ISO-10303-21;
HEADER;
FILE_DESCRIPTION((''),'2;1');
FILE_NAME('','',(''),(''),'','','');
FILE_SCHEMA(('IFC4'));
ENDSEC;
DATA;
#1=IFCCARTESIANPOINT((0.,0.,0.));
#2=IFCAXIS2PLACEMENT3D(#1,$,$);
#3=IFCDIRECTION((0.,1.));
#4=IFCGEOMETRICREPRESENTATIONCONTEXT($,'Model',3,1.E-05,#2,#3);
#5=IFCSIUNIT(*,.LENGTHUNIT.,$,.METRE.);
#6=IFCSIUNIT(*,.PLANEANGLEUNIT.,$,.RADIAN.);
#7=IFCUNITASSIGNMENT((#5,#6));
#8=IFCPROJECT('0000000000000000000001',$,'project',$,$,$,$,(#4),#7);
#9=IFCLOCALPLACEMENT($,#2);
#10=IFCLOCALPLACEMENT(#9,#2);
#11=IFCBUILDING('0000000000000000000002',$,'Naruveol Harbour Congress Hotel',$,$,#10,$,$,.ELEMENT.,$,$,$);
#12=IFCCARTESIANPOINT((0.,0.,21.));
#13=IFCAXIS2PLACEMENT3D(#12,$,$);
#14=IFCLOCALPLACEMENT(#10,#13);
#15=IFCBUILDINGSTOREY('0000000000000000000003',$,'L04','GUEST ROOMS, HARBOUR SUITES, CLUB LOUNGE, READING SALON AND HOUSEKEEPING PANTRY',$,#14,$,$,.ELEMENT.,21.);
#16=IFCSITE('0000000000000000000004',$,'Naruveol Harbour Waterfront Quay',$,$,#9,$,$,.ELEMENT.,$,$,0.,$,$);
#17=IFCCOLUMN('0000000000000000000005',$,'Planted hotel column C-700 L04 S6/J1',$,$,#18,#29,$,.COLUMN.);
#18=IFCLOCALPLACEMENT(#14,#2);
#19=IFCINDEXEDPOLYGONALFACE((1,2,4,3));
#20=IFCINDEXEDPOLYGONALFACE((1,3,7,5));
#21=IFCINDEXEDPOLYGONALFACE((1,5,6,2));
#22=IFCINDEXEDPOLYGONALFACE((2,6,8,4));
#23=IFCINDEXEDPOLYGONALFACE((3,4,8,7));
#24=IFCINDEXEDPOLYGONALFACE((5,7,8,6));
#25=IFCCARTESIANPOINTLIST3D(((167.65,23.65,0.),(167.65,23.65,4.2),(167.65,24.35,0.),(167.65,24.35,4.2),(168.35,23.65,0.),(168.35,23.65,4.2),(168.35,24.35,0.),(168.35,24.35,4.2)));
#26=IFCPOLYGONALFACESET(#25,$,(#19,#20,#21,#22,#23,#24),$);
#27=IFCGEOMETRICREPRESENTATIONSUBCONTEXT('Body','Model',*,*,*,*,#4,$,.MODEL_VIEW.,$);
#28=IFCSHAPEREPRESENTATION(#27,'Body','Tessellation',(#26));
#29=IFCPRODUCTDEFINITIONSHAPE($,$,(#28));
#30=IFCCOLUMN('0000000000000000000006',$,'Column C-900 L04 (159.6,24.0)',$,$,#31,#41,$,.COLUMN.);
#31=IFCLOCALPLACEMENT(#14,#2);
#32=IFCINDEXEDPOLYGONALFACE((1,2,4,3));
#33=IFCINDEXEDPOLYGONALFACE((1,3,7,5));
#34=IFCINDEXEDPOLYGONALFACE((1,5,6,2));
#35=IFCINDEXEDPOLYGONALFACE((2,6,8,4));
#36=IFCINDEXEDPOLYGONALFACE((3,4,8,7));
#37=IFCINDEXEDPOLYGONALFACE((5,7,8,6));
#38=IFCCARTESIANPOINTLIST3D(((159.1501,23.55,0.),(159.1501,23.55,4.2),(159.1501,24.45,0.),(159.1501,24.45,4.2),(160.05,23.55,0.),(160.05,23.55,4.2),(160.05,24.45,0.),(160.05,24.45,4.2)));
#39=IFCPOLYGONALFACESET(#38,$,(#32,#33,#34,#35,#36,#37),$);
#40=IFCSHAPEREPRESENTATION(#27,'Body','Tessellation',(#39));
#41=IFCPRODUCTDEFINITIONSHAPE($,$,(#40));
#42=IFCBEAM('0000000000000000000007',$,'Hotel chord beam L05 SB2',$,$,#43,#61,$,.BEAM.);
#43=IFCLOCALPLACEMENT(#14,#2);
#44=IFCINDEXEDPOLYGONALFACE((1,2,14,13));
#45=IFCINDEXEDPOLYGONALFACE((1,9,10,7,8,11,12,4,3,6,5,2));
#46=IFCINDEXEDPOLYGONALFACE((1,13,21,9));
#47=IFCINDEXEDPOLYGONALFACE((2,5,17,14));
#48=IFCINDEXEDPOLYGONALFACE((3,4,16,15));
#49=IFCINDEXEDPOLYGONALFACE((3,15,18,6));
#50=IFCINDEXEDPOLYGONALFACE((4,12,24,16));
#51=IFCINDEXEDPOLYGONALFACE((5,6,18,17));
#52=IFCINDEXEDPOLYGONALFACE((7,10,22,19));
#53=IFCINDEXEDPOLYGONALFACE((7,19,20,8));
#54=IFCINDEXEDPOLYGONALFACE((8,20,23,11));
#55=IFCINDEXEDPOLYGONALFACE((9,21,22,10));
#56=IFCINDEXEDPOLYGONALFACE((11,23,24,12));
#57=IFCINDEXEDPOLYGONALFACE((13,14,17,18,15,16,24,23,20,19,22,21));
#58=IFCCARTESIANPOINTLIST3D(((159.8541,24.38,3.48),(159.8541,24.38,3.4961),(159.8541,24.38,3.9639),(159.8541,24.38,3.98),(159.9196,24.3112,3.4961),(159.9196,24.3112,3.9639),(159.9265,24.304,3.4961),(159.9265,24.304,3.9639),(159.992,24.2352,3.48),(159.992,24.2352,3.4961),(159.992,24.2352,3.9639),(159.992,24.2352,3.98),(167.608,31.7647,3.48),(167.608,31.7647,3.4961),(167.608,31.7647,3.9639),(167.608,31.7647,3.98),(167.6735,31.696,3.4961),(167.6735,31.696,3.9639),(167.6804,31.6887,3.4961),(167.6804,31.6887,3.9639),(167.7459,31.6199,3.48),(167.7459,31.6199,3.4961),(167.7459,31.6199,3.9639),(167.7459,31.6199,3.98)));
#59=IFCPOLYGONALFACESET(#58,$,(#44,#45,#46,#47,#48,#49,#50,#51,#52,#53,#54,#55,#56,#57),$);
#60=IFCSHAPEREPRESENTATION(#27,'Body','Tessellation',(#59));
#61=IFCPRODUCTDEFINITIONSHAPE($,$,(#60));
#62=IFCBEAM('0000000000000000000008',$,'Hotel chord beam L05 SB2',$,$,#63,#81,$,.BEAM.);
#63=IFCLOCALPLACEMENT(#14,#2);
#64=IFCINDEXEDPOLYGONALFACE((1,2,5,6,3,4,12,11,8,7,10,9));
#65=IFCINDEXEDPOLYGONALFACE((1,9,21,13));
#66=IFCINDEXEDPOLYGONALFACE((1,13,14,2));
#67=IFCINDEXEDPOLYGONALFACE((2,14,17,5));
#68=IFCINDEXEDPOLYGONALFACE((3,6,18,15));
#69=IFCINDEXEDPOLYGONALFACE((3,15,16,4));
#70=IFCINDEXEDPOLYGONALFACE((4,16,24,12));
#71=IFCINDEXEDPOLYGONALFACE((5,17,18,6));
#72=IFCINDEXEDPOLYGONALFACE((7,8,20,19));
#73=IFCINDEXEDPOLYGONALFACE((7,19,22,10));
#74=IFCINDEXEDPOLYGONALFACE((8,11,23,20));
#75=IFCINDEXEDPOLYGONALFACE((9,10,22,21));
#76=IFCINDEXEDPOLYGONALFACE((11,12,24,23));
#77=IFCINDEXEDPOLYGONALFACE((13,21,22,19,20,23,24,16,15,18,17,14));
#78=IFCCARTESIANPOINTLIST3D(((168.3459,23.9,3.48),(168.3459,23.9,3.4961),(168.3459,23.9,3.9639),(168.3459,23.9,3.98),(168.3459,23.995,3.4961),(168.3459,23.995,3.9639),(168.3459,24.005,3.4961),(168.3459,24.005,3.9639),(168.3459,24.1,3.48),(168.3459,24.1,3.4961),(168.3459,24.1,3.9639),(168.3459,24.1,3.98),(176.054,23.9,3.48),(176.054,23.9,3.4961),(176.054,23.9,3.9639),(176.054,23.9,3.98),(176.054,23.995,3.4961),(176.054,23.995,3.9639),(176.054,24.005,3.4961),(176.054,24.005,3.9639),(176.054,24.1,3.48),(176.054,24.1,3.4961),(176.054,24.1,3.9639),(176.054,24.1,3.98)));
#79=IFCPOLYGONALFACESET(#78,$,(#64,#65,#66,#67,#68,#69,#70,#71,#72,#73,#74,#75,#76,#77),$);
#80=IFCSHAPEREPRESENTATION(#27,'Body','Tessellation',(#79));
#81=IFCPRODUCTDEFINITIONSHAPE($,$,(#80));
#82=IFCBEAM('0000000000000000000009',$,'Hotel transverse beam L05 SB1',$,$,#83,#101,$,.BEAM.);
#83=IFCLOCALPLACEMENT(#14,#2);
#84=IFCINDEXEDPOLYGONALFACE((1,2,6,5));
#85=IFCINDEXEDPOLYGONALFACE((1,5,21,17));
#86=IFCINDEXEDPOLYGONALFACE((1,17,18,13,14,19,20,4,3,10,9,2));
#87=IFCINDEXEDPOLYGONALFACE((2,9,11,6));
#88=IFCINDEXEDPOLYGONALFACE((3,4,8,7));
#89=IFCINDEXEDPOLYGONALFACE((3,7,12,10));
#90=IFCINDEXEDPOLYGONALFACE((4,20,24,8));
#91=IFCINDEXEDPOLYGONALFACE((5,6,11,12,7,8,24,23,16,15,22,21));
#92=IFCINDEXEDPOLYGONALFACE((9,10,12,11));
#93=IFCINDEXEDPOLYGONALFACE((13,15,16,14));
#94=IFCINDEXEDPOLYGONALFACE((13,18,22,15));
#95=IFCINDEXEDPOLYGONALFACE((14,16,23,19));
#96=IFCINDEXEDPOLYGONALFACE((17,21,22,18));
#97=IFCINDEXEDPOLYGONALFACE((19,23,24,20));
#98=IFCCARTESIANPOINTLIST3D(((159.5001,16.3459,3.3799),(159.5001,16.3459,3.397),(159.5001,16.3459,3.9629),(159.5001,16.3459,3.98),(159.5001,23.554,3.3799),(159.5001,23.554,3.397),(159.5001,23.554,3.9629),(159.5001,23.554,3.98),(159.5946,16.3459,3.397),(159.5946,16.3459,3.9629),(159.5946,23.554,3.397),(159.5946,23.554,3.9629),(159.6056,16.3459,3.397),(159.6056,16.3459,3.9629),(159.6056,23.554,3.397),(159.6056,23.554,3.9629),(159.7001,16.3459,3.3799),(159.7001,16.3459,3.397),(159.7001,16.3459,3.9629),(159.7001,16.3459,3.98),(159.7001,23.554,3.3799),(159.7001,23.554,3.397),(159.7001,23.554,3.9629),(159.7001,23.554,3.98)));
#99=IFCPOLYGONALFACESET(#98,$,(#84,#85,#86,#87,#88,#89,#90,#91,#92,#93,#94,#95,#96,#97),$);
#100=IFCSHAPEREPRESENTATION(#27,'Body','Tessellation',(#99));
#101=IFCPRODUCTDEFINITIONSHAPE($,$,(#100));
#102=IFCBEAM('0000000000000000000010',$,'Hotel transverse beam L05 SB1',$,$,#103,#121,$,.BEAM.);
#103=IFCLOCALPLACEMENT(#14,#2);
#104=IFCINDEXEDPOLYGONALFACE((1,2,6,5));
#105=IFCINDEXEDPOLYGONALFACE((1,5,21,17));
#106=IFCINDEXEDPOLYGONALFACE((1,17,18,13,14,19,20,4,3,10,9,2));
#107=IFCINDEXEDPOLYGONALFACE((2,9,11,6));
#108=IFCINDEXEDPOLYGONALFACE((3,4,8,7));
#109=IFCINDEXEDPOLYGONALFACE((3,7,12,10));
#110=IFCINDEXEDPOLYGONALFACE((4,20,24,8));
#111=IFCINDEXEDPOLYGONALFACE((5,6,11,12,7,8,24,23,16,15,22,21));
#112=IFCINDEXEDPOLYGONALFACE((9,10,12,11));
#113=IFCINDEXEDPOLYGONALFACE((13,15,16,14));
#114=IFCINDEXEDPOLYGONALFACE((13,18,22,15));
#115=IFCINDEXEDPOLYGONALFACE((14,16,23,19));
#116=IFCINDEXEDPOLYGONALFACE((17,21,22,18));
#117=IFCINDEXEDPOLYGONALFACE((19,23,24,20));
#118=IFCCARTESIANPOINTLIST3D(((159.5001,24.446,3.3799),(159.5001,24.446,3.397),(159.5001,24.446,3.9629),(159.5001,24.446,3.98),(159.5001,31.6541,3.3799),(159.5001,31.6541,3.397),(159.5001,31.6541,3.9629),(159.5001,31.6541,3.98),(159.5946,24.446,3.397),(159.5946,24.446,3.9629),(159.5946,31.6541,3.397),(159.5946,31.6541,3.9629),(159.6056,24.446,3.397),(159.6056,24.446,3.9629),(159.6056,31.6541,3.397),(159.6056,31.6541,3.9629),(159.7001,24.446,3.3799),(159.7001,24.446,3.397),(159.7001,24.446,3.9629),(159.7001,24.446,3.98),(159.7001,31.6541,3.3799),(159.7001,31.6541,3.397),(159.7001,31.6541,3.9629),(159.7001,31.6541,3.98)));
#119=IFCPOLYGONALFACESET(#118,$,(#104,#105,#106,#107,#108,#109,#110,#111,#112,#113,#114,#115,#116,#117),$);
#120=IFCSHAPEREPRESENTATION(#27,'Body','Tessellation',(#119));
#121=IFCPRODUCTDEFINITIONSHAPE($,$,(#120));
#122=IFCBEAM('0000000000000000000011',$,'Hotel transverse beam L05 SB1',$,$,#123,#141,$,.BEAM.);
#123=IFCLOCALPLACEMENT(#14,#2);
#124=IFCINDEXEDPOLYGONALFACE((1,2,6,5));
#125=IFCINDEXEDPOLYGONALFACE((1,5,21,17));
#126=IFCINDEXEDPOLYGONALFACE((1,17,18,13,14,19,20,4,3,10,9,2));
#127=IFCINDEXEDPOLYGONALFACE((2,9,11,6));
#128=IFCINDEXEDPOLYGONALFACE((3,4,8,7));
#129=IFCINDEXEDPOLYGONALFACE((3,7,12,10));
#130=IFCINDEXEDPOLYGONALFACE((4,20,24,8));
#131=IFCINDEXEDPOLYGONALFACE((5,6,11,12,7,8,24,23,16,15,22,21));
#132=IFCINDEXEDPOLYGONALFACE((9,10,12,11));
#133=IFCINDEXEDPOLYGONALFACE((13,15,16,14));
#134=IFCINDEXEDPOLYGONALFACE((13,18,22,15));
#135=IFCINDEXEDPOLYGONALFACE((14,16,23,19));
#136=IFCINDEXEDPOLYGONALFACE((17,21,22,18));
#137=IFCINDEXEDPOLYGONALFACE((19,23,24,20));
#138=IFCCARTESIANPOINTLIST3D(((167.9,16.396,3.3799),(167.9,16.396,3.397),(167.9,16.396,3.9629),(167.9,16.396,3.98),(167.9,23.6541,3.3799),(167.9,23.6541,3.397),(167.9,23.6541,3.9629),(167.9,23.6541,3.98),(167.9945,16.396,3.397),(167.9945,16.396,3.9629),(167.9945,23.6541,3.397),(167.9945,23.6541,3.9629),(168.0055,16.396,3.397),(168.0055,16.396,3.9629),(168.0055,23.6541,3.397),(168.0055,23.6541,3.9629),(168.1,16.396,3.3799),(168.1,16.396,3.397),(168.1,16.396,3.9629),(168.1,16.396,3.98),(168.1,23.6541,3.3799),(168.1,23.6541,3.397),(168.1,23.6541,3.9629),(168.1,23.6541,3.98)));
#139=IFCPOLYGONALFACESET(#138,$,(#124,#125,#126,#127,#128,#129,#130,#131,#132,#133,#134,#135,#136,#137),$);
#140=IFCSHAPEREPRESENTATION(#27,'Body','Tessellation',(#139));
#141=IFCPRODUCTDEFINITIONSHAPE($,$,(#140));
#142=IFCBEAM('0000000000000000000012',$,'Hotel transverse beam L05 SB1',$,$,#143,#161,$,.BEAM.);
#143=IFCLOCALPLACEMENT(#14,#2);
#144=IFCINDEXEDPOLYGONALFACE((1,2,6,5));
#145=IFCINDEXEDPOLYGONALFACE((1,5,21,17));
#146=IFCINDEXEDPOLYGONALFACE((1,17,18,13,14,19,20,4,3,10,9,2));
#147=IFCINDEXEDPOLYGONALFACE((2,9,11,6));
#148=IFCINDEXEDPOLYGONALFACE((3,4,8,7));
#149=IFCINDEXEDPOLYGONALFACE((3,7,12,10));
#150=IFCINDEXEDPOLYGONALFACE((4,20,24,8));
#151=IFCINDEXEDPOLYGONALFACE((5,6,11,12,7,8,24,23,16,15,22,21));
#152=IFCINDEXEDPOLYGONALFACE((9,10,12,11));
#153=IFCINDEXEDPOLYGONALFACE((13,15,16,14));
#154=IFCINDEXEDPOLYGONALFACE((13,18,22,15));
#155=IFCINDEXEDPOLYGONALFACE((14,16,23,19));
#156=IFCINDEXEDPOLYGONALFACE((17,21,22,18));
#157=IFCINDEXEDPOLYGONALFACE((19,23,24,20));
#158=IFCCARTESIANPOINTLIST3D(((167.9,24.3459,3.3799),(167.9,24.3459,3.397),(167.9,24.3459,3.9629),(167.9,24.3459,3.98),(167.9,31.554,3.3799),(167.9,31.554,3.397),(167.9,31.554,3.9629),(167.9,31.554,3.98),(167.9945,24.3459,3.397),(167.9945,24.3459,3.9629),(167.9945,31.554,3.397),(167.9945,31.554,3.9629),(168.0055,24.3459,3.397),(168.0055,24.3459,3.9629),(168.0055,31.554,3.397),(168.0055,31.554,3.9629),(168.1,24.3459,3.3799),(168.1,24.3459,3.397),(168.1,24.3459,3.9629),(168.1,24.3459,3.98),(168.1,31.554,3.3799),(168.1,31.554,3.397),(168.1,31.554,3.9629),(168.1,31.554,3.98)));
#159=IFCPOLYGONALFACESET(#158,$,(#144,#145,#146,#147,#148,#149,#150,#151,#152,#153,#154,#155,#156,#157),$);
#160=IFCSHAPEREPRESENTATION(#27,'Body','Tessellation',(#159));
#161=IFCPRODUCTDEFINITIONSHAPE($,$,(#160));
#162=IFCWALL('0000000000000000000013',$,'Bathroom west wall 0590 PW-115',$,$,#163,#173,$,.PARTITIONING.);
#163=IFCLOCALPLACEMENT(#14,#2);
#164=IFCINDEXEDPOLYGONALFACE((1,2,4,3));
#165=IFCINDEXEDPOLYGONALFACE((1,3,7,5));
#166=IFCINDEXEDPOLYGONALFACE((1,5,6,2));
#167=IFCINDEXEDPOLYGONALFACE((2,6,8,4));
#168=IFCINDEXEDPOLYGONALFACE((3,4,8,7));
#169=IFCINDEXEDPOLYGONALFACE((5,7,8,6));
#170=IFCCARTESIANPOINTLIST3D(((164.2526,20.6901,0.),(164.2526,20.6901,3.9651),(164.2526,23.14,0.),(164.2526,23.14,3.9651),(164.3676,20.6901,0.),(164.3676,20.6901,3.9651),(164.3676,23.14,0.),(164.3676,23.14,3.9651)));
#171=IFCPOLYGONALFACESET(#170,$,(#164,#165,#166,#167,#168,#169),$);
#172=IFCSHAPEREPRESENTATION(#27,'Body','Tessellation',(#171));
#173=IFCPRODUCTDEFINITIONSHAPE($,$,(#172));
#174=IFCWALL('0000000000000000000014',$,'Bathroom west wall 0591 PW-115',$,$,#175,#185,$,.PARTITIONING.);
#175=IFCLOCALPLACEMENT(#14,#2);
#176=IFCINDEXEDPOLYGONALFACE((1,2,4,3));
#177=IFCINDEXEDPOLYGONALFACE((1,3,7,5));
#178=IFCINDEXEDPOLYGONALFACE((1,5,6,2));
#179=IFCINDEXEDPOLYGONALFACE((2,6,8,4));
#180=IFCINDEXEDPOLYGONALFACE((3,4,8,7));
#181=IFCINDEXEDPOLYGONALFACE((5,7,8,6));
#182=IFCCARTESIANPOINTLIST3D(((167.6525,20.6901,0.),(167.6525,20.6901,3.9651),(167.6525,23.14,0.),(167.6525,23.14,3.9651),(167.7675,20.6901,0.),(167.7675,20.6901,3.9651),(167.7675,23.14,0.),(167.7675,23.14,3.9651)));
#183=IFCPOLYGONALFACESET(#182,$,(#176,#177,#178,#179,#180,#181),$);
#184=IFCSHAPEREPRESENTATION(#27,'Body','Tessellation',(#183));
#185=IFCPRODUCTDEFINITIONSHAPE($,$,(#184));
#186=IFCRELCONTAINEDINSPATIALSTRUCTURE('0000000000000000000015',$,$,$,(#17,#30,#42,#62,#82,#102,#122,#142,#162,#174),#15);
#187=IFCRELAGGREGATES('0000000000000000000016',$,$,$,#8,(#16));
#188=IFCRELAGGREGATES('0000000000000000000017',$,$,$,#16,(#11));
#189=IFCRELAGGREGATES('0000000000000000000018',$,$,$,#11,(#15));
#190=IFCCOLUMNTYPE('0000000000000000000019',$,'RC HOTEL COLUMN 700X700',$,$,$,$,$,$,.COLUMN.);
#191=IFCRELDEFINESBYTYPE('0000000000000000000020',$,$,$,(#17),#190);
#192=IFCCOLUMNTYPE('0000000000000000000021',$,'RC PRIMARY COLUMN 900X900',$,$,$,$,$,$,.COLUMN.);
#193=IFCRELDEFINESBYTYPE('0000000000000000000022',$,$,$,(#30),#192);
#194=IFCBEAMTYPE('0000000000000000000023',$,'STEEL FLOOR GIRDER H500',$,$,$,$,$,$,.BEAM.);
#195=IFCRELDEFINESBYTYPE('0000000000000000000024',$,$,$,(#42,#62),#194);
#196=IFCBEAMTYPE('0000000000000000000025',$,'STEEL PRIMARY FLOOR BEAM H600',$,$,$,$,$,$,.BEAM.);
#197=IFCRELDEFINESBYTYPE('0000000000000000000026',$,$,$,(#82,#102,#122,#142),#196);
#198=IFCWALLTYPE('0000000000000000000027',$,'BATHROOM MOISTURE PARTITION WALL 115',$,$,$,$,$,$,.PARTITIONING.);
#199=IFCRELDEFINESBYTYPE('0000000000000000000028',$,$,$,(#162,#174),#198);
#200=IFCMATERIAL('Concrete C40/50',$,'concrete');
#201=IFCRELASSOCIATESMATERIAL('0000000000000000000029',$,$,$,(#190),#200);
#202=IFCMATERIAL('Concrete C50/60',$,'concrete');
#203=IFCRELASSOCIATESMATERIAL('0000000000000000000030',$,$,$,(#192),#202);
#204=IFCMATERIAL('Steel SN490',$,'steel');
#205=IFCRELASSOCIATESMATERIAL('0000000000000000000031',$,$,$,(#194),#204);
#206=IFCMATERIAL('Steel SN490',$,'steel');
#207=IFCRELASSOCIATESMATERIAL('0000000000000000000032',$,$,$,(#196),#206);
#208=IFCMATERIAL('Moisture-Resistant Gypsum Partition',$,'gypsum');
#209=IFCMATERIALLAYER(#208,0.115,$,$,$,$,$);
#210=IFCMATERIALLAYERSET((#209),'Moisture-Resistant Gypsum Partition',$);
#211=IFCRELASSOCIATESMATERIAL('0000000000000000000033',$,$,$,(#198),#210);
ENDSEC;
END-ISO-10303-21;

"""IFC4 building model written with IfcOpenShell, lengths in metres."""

from ifc_helpers import new_model, si_unit, direction, frame, frame_2d, origin, origin_2d, place, context, subcontext, project, spatial, rectangle, i_section, extrude, material, layer, layer_set, material_profile, profile_set, type_object, element, save


model = new_model("IFC4")

# Units and contexts
model_context = context("Model", 3, precision=1e-05, world=origin(), true_north=direction((0.0, 1.0)))
body_context = subcontext(model_context, "Body", "Model", "MODEL_VIEW")
ifc_project = project(units=[si_unit("LENGTHUNIT", "METRE"), si_unit("PLANEANGLEUNIT", "RADIAN")], contexts=[model_context])

# Site, building, storey
site_placement = place(None, origin())
site = spatial("IfcSite", under=ifc_project, at=site_placement, Name="Naruveol Harbour Waterfront Quay", CompositionType="ELEMENT", RefElevation=0.0)
building_placement = place(site_placement, origin())
building = spatial("IfcBuilding", under=site, at=building_placement, Name="Naruveol Harbour Congress Hotel", CompositionType="ELEMENT")
storey_placement = place(building_placement, frame((0.0, 0.0, 21.0)))
storey = spatial("IfcBuildingStorey", under=building, at=storey_placement, Name="L04", Description="GUEST ROOMS, HARBOUR SUITES, CLUB LOUNGE, READING SALON AND HOUSEKEEPING PANTRY", CompositionType="ELEMENT", Elevation=21.0)

# Columns
ifc_material_1 = material(Name="Concrete C40/50", Category="concrete")
ifc_material_profile_1 = material_profile(ifc_material_1, rectangle(XDim=0.7, YDim=0.7, at=origin_2d()), Name="RC-700x700")
ifc_profile_set_1 = profile_set([ifc_material_profile_1], Name="Concrete C40/50")
column_type_1 = type_object("IfcColumnType", Name="RC HOTEL COLUMN 700X700", PredefinedType="COLUMN", material=ifc_profile_set_1)
column_1_placement = place(storey_placement, frame((168.0, 24.0, 0.0), z_axis=(0.0, 0.0, 1.0), x_axis=(1.0, 0.0, 0.0)))
element("IfcColumn", 1, at=column_1_placement, inside=storey, type_object=column_type_1, Name="Planted hotel column C-700 L04 S6/J1", PredefinedType="COLUMN", context=body_context, shape_type="SweptSolid", body=[
    extrude(rectangle(XDim=0.7, YDim=0.7, at=origin_2d()), origin(), (0.0, 0.0, 1.0), 4.2),
])
ifc_material_2 = material(Name="Concrete C50/60", Category="concrete")
ifc_material_profile_2 = material_profile(ifc_material_2, rectangle(XDim=0.8999, YDim=0.8999, at=origin_2d()), Name="RC-900x900")
ifc_profile_set_2 = profile_set([ifc_material_profile_2], Name="Concrete C50/60")
column_type_2 = type_object("IfcColumnType", Name="RC PRIMARY COLUMN 900X900", PredefinedType="COLUMN", material=ifc_profile_set_2)
column_2_placement = place(storey_placement, frame((159.6001, 24.0, 0.0), z_axis=(0.0, 0.0, 1.0), x_axis=(1.0, 0.0, 0.0)))
element("IfcColumn", 2, at=column_2_placement, inside=storey, type_object=column_type_2, Name="Column C-900 L04 (159.6,24.0)", PredefinedType="COLUMN", context=body_context, shape_type="SweptSolid", body=[
    extrude(rectangle(XDim=0.8999, YDim=0.8999, at=origin_2d()), origin(), (0.0, 0.0, 1.0), 4.2),
])

# Beams
ifc_material_3 = material(Name="Steel SN490", Category="steel")
ifc_material_profile_3 = material_profile(ifc_material_3, i_section(OverallWidth=0.2, OverallDepth=0.5, WebThickness=0.01, FlangeThickness=0.0161, at=origin_2d()), Name="H-500x200x10x16")
ifc_profile_set_3 = profile_set([ifc_material_profile_3], Name="Steel SN490")
beam_type_1 = type_object("IfcBeamType", Name="STEEL FLOOR GIRDER H500", PredefinedType="BEAM", material=ifc_profile_set_3)
beam_1_placement = place(storey_placement, frame((159.9231, 24.3076, 3.73), z_axis=(0.724134, 0.68966, 0.0), x_axis=(-0.68966, 0.724134, 0.0)))
element("IfcBeam", 3, at=beam_1_placement, inside=storey, type_object=beam_type_1, Name="Hotel chord beam L05 SB2", PredefinedType="BEAM", context=body_context, shape_type="SweptSolid", body=[
    extrude(i_section(OverallWidth=0.2, OverallDepth=0.5, WebThickness=0.01, FlangeThickness=0.0161, at=origin_2d()), origin(), (0.0, 0.0, 1.0), 10.7078),
])
beam_2_placement = place(storey_placement, frame((168.3459, 24.0, 3.73), z_axis=(1.0, 0.0, 0.0), x_axis=(0.0, 1.0, 0.0)))
element("IfcBeam", 4, at=beam_2_placement, inside=storey, type_object=beam_type_1, Name="Hotel chord beam L05 SB2", PredefinedType="BEAM", context=body_context, shape_type="SweptSolid", body=[
    extrude(i_section(OverallWidth=0.2, OverallDepth=0.5, WebThickness=0.01, FlangeThickness=0.0161, at=origin_2d()), origin(), (0.0, 0.0, 1.0), 7.708),
])
ifc_material_4 = material(Name="Steel SN490", Category="steel")
ifc_material_profile_4 = material_profile(ifc_material_4, i_section(OverallWidth=0.2, OverallDepth=0.6001, WebThickness=0.011, FlangeThickness=0.0171, at=origin_2d()), Name="H-600x200x11x17")
ifc_profile_set_4 = profile_set([ifc_material_profile_4], Name="Steel SN490")
beam_type_2 = type_object("IfcBeamType", Name="STEEL PRIMARY FLOOR BEAM H600", PredefinedType="BEAM", material=ifc_profile_set_4)
for number, where, z_axis, x_axis, name in (
    (5, (159.6001, 16.3459, 3.6799), (0.0, 1.0, 0.0), (-1.0, 0.0, 0.0), "Hotel transverse beam L05 SB1"),
    (6, (159.6001, 24.446, 3.6799), (0.0, 1.0, 0.0), (-1.0, 0.0, 0.0), "Hotel transverse beam L05 SB1"),
):
    element("IfcBeam", number, at=place(storey_placement, frame(where, z_axis=z_axis, x_axis=x_axis)), inside=storey, type_object=beam_type_2, Name=name, PredefinedType="BEAM", context=body_context, shape_type="SweptSolid", body=[
        extrude(i_section(OverallWidth=0.2, OverallDepth=0.6001, WebThickness=0.011, FlangeThickness=0.0171, at=origin_2d()), origin(), (0.0, 0.0, 1.0), 7.208),
    ])
beam_3_placement = place(storey_placement, frame((168.0, 16.396, 3.6799), z_axis=(0.0, 1.0, 0.0), x_axis=(-1.0, 0.0, 0.0)))
element("IfcBeam", 7, at=beam_3_placement, inside=storey, type_object=beam_type_2, Name="Hotel transverse beam L05 SB1", PredefinedType="BEAM", context=body_context, shape_type="SweptSolid", body=[
    extrude(i_section(OverallWidth=0.2, OverallDepth=0.6001, WebThickness=0.011, FlangeThickness=0.0171, at=origin_2d()), origin(), (0.0, 0.0, 1.0), 7.2581),
])
beam_4_placement = place(storey_placement, frame((168.0, 24.3459, 3.6799), z_axis=(0.0, 1.0, 0.0), x_axis=(-1.0, 0.0, 0.0)))
element("IfcBeam", 8, at=beam_4_placement, inside=storey, type_object=beam_type_2, Name="Hotel transverse beam L05 SB1", PredefinedType="BEAM", context=body_context, shape_type="SweptSolid", body=[
    extrude(i_section(OverallWidth=0.2, OverallDepth=0.6001, WebThickness=0.011, FlangeThickness=0.0171, at=origin_2d()), origin(), (0.0, 0.0, 1.0), 7.208),
])

# Wall
ifc_material_5 = material(Name="Moisture-Resistant Gypsum Partition", Category="gypsum")
ifc_layer_1 = layer(ifc_material_5, 0.115)
ifc_layer_set_1 = layer_set([ifc_layer_1], Name="Moisture-Resistant Gypsum Partition")
wall_type_1 = type_object("IfcWallType", Name="BATHROOM MOISTURE PARTITION WALL 115", PredefinedType="PARTITIONING", material=ifc_layer_set_1)
wall_1_placement = place(storey_placement, frame((164.3101, 20.6899, 0.0), z_axis=(0.0, 0.0, 1.0), x_axis=(0.0, 1.0, 0.0)))
element("IfcWall", 9, at=wall_1_placement, inside=storey, type_object=wall_type_1, Name="Bathroom west wall 0590 PW-115", PredefinedType="PARTITIONING", context=body_context, shape_type="SweptSolid", body=[
    extrude(rectangle(XDim=2.45, YDim=0.115, at=frame_2d((1.2251, 0.0))), origin(), (0.0, 0.0, 1.0), 3.9651),
])

# Wall
wall_2_placement = place(storey_placement, frame((167.71, 20.6899, 0.0), z_axis=(0.0, 0.0, 1.0), x_axis=(0.0, 1.0, 0.0)))
element("IfcWall", 10, at=wall_2_placement, inside=storey, type_object=wall_type_1, Name="Bathroom west wall 0591 PW-115", PredefinedType="PARTITIONING", context=body_context, shape_type="SweptSolid", body=[
    extrude(rectangle(XDim=2.45, YDim=0.115, at=frame_2d((1.2251, 0.0))), origin(), (0.0, 0.0, 1.0), 3.9651),
])

save(model, "model.ifc")
